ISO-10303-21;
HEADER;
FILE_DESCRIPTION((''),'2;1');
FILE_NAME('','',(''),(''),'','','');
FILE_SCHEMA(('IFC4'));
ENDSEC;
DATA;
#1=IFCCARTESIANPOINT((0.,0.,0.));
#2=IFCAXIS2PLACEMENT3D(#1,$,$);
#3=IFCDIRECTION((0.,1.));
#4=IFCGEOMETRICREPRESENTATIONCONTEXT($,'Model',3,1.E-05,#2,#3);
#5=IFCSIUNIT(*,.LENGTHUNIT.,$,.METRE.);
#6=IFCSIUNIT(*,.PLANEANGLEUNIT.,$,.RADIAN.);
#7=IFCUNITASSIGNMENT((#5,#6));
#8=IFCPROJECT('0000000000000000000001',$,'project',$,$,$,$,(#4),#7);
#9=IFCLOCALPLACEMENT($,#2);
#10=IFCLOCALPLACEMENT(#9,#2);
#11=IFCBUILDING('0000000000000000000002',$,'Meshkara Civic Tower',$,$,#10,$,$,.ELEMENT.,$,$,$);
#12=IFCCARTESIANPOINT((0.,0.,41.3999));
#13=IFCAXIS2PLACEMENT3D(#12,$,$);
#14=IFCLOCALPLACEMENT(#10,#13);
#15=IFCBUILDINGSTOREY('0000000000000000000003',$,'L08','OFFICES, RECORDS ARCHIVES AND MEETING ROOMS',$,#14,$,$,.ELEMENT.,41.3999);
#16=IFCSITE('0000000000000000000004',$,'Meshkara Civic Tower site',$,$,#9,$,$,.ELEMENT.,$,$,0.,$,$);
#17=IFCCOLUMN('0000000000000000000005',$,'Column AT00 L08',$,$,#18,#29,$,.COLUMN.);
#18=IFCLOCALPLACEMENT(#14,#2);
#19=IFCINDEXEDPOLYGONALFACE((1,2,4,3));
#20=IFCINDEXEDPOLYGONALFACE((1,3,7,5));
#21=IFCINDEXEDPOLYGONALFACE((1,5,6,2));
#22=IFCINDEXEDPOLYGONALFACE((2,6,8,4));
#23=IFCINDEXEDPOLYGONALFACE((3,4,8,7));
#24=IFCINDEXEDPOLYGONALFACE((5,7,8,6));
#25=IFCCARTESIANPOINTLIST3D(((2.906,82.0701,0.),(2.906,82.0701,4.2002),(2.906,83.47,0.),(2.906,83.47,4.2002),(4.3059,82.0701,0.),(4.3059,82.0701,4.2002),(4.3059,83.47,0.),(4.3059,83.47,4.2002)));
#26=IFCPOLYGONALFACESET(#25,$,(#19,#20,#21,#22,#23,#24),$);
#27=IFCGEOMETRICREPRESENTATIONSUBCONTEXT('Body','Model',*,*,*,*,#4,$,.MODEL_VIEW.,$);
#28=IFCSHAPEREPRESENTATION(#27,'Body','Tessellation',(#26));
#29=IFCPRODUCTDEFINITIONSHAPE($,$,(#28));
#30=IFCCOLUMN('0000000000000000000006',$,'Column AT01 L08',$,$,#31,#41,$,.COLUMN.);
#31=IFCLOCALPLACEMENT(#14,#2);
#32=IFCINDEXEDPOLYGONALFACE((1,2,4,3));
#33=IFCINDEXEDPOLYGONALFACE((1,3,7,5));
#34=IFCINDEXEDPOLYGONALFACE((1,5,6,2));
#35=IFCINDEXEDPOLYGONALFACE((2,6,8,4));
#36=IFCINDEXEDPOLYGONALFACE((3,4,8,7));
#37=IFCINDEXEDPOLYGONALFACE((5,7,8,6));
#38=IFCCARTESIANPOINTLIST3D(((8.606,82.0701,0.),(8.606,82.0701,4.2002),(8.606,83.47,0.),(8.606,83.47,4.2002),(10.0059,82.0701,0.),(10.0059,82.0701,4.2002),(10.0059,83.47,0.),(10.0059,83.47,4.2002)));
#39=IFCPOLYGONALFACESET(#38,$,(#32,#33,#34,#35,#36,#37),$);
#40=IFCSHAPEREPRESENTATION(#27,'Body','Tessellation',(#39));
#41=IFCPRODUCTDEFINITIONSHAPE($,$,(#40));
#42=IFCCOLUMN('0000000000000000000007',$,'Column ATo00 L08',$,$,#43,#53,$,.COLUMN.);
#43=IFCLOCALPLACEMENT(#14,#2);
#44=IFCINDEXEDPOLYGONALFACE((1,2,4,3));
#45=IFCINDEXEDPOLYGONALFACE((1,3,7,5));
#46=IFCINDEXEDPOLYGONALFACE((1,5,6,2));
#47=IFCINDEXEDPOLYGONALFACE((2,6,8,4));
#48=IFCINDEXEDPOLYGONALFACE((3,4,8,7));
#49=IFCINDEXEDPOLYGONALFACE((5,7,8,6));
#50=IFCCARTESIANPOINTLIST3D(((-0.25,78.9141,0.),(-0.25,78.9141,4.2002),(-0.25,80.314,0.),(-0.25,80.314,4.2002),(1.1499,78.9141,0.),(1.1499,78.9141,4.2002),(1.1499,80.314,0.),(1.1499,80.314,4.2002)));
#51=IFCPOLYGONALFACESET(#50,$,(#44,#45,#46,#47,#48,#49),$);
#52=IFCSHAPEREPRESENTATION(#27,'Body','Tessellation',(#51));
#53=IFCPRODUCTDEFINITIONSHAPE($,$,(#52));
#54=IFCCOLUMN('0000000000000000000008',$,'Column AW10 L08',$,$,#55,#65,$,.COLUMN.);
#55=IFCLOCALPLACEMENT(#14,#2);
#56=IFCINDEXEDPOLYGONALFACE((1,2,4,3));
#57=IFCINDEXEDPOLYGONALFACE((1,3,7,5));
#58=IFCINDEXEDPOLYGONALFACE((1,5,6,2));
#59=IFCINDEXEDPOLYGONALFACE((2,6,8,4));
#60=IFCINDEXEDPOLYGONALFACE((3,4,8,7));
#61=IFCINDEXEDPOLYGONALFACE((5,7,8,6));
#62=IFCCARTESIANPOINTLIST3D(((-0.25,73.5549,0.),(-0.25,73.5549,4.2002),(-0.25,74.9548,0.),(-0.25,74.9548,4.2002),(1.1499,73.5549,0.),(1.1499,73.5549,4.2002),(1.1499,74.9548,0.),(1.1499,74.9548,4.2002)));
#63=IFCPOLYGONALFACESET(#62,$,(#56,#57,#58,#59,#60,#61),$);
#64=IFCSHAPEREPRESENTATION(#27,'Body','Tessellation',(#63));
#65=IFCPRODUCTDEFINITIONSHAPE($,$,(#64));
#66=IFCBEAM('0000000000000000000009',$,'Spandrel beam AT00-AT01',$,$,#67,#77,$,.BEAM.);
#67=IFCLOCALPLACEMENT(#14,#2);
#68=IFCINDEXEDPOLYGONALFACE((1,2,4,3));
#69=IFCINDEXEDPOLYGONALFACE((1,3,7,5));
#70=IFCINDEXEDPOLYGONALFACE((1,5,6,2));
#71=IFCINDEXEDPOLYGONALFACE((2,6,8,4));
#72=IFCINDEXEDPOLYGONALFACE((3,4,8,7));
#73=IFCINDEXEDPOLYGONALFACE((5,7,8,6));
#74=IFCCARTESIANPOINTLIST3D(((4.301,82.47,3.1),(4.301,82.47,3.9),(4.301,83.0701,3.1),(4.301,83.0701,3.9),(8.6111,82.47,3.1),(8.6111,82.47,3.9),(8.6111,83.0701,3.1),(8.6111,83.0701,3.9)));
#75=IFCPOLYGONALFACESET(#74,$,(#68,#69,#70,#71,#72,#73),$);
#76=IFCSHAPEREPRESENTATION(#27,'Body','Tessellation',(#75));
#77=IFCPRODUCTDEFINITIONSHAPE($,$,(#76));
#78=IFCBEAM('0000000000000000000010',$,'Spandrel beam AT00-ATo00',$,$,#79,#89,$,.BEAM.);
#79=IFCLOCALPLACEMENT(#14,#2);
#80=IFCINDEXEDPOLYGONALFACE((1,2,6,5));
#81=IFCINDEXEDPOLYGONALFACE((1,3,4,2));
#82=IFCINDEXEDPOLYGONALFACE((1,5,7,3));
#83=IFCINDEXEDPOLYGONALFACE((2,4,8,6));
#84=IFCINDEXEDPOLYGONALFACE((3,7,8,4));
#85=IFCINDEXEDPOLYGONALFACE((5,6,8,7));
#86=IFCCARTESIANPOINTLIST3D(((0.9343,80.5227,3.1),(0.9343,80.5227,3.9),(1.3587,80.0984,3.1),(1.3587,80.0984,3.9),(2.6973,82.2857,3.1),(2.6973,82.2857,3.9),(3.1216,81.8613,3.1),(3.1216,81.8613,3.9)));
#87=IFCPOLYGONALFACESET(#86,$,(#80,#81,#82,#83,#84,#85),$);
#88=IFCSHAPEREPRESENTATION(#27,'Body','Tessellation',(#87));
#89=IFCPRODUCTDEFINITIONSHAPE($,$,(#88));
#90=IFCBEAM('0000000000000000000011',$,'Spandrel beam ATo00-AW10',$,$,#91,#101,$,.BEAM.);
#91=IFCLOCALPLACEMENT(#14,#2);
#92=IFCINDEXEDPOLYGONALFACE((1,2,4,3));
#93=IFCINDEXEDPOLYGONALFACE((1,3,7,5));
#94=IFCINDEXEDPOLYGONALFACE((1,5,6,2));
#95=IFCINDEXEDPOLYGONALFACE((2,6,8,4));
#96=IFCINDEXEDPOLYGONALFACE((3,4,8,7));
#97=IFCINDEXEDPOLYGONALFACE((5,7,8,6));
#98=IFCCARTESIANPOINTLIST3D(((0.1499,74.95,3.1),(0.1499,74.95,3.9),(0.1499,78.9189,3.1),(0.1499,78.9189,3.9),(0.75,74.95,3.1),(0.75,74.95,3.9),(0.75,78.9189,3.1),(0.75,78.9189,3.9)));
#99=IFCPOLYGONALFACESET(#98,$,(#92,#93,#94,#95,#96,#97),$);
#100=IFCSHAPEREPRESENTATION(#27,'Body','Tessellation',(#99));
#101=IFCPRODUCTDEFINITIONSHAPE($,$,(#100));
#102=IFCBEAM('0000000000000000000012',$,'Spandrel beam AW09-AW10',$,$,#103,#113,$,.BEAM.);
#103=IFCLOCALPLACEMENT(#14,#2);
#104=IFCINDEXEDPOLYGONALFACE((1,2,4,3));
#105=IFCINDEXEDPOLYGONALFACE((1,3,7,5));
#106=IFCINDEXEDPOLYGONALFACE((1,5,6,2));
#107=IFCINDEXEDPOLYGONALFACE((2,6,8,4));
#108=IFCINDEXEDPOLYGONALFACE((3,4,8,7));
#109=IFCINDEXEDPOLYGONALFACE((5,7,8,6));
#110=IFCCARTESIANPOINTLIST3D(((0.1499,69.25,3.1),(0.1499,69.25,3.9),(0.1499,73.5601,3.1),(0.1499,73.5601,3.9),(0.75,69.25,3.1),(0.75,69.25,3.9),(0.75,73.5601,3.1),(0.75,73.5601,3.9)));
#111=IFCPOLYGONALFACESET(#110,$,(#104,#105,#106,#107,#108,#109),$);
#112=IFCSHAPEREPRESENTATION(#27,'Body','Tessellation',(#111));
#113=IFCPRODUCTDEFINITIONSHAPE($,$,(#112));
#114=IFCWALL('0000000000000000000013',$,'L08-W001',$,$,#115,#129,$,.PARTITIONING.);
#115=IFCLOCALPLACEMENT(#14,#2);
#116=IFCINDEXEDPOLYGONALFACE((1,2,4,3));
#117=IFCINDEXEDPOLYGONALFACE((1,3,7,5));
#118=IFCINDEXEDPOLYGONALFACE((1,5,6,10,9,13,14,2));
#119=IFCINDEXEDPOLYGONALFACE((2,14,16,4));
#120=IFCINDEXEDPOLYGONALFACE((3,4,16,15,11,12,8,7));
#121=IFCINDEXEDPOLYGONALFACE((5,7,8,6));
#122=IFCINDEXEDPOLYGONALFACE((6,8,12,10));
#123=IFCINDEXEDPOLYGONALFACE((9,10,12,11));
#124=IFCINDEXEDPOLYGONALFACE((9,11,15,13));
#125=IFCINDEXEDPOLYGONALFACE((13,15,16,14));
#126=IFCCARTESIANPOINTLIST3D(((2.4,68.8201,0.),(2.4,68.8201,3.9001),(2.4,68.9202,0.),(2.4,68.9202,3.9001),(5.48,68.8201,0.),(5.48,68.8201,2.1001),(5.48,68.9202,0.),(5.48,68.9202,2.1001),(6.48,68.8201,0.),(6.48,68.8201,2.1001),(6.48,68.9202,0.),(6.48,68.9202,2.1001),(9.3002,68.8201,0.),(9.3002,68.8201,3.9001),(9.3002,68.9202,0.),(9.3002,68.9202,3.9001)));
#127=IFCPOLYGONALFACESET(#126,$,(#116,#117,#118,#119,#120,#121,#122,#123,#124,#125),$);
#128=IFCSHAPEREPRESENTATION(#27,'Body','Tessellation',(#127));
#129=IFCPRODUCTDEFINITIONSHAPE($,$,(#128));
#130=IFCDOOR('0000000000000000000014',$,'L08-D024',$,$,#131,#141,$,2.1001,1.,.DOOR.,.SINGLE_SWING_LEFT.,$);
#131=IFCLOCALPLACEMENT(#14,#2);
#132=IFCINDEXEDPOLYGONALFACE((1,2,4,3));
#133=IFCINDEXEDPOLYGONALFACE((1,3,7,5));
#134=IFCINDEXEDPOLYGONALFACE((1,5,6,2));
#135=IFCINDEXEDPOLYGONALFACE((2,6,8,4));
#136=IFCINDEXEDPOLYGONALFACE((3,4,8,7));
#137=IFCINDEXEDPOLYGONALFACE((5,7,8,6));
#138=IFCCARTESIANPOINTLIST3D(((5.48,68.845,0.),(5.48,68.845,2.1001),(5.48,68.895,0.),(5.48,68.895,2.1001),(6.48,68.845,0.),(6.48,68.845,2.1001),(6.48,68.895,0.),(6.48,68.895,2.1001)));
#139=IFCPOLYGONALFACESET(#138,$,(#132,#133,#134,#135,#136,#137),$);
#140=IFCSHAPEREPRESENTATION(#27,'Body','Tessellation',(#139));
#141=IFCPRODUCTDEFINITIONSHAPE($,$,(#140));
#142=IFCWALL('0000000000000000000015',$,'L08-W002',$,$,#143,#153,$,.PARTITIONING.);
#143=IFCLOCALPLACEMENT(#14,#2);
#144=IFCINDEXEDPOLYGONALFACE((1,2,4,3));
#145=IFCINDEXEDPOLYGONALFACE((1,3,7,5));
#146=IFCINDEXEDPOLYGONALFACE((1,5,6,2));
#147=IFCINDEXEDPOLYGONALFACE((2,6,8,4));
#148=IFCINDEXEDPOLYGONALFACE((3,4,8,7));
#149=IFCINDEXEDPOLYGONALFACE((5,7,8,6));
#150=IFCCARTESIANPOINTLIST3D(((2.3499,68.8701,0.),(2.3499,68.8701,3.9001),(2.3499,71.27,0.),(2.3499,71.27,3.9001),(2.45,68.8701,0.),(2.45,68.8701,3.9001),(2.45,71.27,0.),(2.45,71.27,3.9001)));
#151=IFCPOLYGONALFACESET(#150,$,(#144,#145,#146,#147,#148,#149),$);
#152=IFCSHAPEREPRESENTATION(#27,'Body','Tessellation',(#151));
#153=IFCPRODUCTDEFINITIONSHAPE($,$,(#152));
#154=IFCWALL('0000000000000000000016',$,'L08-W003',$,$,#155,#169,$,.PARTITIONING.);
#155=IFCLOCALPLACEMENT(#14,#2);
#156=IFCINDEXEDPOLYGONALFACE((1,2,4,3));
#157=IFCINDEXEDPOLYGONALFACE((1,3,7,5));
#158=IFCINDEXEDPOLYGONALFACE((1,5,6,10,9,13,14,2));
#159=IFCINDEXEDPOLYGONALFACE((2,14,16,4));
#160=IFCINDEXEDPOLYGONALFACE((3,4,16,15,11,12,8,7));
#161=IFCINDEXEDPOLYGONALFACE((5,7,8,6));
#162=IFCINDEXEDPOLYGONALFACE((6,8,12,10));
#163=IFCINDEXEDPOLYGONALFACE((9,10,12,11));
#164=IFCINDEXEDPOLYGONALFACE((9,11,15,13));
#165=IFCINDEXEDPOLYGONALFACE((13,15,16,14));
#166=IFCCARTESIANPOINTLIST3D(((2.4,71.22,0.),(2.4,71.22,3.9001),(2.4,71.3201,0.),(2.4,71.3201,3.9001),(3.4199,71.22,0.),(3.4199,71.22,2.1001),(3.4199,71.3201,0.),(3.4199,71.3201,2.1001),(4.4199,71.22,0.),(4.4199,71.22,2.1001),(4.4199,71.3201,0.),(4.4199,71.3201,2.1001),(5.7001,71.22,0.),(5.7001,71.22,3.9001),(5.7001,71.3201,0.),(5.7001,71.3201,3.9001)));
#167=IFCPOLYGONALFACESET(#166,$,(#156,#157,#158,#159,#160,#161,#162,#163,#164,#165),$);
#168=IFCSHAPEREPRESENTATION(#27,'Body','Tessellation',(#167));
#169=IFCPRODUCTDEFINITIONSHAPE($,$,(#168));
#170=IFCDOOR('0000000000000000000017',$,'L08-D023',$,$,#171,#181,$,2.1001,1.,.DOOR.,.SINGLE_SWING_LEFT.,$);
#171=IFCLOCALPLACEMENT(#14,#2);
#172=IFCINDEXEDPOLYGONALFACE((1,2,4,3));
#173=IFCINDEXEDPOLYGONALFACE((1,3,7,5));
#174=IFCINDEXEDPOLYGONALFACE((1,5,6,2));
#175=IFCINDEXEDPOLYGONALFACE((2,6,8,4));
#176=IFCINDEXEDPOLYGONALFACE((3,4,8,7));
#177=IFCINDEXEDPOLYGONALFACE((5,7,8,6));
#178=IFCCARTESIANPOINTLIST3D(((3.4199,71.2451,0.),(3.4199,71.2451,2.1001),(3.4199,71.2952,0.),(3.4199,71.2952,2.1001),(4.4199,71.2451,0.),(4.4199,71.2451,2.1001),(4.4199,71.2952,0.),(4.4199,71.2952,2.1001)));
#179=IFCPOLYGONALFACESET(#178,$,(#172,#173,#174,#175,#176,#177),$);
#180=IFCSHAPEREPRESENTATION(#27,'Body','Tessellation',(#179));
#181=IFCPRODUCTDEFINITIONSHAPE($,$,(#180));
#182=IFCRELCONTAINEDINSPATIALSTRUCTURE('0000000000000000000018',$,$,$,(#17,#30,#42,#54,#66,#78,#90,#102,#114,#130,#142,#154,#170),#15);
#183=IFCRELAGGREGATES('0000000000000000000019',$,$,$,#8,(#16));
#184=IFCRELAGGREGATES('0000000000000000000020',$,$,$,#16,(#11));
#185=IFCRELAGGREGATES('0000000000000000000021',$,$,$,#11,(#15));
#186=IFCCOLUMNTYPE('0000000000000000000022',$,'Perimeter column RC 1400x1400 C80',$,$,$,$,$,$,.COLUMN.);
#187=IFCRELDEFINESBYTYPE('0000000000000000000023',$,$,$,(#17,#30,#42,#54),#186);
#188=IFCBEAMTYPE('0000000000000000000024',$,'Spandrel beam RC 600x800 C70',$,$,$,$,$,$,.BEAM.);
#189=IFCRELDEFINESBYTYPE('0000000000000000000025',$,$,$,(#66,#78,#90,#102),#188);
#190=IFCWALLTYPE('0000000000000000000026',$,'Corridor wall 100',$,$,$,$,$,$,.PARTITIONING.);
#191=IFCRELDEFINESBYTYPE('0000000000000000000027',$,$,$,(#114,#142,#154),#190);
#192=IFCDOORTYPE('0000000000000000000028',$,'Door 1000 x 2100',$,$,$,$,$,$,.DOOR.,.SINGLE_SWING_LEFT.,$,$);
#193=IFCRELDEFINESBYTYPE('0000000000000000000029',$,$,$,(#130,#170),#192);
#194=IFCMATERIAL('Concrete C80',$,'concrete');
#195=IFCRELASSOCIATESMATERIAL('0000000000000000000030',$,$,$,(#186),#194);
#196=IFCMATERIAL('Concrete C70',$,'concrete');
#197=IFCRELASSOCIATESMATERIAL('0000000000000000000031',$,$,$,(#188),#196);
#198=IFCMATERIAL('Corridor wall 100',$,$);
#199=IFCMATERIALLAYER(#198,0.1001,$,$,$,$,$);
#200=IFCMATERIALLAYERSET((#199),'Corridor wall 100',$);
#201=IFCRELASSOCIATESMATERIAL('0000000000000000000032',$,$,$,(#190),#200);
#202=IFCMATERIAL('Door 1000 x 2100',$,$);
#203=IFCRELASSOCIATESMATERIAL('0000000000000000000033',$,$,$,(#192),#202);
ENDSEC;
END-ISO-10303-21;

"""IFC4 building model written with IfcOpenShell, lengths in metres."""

from ifc_helpers import new_model, si_unit, direction, frame, frame_2d, origin, origin_2d, place, context, subcontext, project, spatial, rectangle, extrude, material, layer, layer_set, material_profile, profile_set, type_object, element, fill, save


model = new_model("IFC4")

# Units and contexts
model_context = context("Model", 3, precision=1e-05, world=origin(), true_north=direction((0.0, 1.0)))
body_context = subcontext(model_context, "Body", "Model", "MODEL_VIEW")
ifc_project = project(units=[si_unit("LENGTHUNIT", "METRE"), si_unit("PLANEANGLEUNIT", "RADIAN")], contexts=[model_context])

# Site, building, storey
site_placement = place(None, origin())
site = spatial("IfcSite", under=ifc_project, at=site_placement, Name="Meshkara Civic Tower site", CompositionType="ELEMENT", RefElevation=0.0)
building_placement = place(site_placement, origin())
building = spatial("IfcBuilding", under=site, at=building_placement, Name="Meshkara Civic Tower", CompositionType="ELEMENT")
storey_placement = place(building_placement, frame((0.0, 0.0, 41.3999)))
storey = spatial("IfcBuildingStorey", under=building, at=storey_placement, Name="L08", Description="OFFICES, RECORDS ARCHIVES AND MEETING ROOMS", CompositionType="ELEMENT", Elevation=41.3999)

# Columns
ifc_material_1 = material(Name="Concrete C80", Category="concrete")
ifc_material_profile_1 = material_profile(ifc_material_1, rectangle(XDim=1.3999, YDim=1.3999, at=origin_2d()))
ifc_profile_set_1 = profile_set([ifc_material_profile_1], Name="Concrete C80")
column_type = type_object("IfcColumnType", Name="Perimeter column RC 1400x1400 C80", PredefinedType="COLUMN", material=ifc_profile_set_1)
for number, where, z_axis, x_axis, name in (
    (1, (3.606, 82.77, 0.0), (0.0, 0.0, 1.0), (1.0, 0.0, 0.0), "Column AT00 L08"),
    (2, (9.3059, 82.77, 0.0), (0.0, 0.0, 1.0), (1.0, 0.0, 0.0), "Column AT01 L08"),
    (3, (0.45, 79.614, 0.0), (0.0, 0.0, 1.0), (1.0, 0.0, 0.0), "Column ATo00 L08"),
    (4, (0.45, 74.2549, 0.0), (0.0, 0.0, 1.0), (1.0, 0.0, 0.0), "Column AW10 L08"),
):
    element("IfcColumn", number, at=place(storey_placement, frame(where, z_axis=z_axis, x_axis=x_axis)), inside=storey, type_object=column_type, Name=name, PredefinedType="COLUMN", context=body_context, shape_type="SweptSolid", body=[
        extrude(rectangle(XDim=1.3999, YDim=1.3999, at=origin_2d()), origin(), (0.0, 0.0, 1.0), 4.2002),
    ])

# Beams
ifc_material_2 = material(Name="Concrete C70", Category="concrete")
ifc_material_profile_2 = material_profile(ifc_material_2, rectangle(XDim=0.6001, YDim=0.8, at=origin_2d()))
ifc_profile_set_2 = profile_set([ifc_material_profile_2], Name="Concrete C70")
beam_type = type_object("IfcBeamType", Name="Spandrel beam RC 600x800 C70", PredefinedType="BEAM", material=ifc_profile_set_2)
beam_1_placement = place(storey_placement, frame((8.6111, 82.77, 3.5), z_axis=(-1.0, 0.0, 0.0), x_axis=(0.0, -1.0, 0.0)))
element("IfcBeam", 5, at=beam_1_placement, inside=storey, type_object=beam_type, Name="Spandrel beam AT00-AT01", PredefinedType="BEAM", context=body_context, shape_type="SweptSolid", body=[
    extrude(rectangle(XDim=0.6001, YDim=0.8, at=origin_2d()), origin(), (0.0, 0.0, 1.0), 4.3101),
])
beam_2_placement = place(storey_placement, frame((2.9094, 82.0735, 3.5), z_axis=(-0.707107, -0.707107, 0.0), x_axis=(0.707107, -0.707107, 0.0)))
element("IfcBeam", 6, at=beam_2_placement, inside=storey, type_object=beam_type, Name="Spandrel beam AT00-ATo00", PredefinedType="BEAM", context=body_context, shape_type="SweptSolid", body=[
    extrude(rectangle(XDim=0.6001, YDim=0.8, at=origin_2d()), origin(), (0.0, 0.0, 1.0), 2.4932),
])
beam_3_placement = place(storey_placement, frame((0.45, 78.9189, 3.5), z_axis=(0.0, -1.0, 0.0), x_axis=(1.0, 0.0, 0.0)))
element("IfcBeam", 7, at=beam_3_placement, inside=storey, type_object=beam_type, Name="Spandrel beam ATo00-AW10", PredefinedType="BEAM", context=body_context, shape_type="SweptSolid", body=[
    extrude(rectangle(XDim=0.6001, YDim=0.8, at=origin_2d()), origin(), (0.0, 0.0, 1.0), 3.969),
])
beam_4_placement = place(storey_placement, frame((0.45, 73.5601, 3.5), z_axis=(0.0, -1.0, 0.0), x_axis=(1.0, 0.0, 0.0)))
element("IfcBeam", 8, at=beam_4_placement, inside=storey, type_object=beam_type, Name="Spandrel beam AW09-AW10", PredefinedType="BEAM", context=body_context, shape_type="SweptSolid", body=[
    extrude(rectangle(XDim=0.6001, YDim=0.8, at=origin_2d()), origin(), (0.0, 0.0, 1.0), 4.3101),
])

# Wall, opening, door
ifc_material_3 = material(Name="Corridor wall 100")
ifc_layer_1 = layer(ifc_material_3, 0.1001)
ifc_layer_set_1 = layer_set([ifc_layer_1], Name="Corridor wall 100")
wall_type_1 = type_object("IfcWallType", Name="Corridor wall 100", PredefinedType="PARTITIONING", material=ifc_layer_set_1)
wall_1_placement = place(storey_placement, frame((2.3999, 68.8701, 0.0), z_axis=(0.0, 0.0, 1.0), x_axis=(1.0, 0.0, 0.0)))
wall_1 = element("IfcWall", 9, at=wall_1_placement, inside=storey, type_object=wall_type_1, Name="L08-W001", PredefinedType="PARTITIONING", context=body_context, shape_type="SweptSolid", body=[
    extrude(rectangle(XDim=6.9001, YDim=0.1001, at=frame_2d((3.4502, 0.0))), origin(), (0.0, 0.0, 1.0), 3.9001),
])
opening_1_placement = place(wall_1_placement, frame((3.0801, 0.0, 0.0)))
opening_1 = element("IfcOpeningElement", 10, at=opening_1_placement, cuts=wall_1, PredefinedType="OPENING", context=body_context, shape_type="SweptSolid", body=[
    extrude(rectangle(XDim=1.0, YDim=2.1001, at=frame_2d((0.5, 1.05))), frame((0.0, 0.0601, 0.0), z_axis=(0.0, -1.0, 0.0), x_axis=(1.0, 0.0, 0.0)), (0.0, 0.0, 1.0), 0.1201),
])
ifc_material_4 = material(Name="Door 1000 x 2100")
door_type_1 = type_object("IfcDoorType", Name="Door 1000 x 2100", OperationType="SINGLE_SWING_LEFT", PredefinedType="DOOR", material=ifc_material_4)
door_1_placement = place(opening_1_placement, origin())
door_1 = element("IfcDoor", 11, at=door_1_placement, inside=storey, type_object=door_type_1, Name="L08-D024", OperationType="SINGLE_SWING_LEFT", OverallHeight=2.1001, OverallWidth=1.0, PredefinedType="DOOR", context=body_context, shape_type="SweptSolid", body=[
    extrude(rectangle(XDim=1.0, YDim=2.1001, at=frame_2d((0.5, 1.05))), frame((0.0, 0.0249, 0.0), z_axis=(0.0, -1.0, 0.0), x_axis=(1.0, 0.0, 0.0)), (0.0, 0.0, 1.0), 0.05),
])
fill(opening_1, door_1)

# Wall
wall_2_placement = place(storey_placement, frame((2.3999, 71.27, 0.0), z_axis=(0.0, 0.0, 1.0), x_axis=(0.0, -1.0, 0.0)))
element("IfcWall", 12, at=wall_2_placement, inside=storey, type_object=wall_type_1, Name="L08-W002", PredefinedType="PARTITIONING", context=body_context, shape_type="SweptSolid", body=[
    extrude(rectangle(XDim=2.3999, YDim=0.1001, at=frame_2d((1.2, 0.0))), origin(), (0.0, 0.0, 1.0), 3.9001),
])

# Wall, opening, door
wall_3_placement = place(storey_placement, frame((5.7, 71.27, 0.0), z_axis=(0.0, 0.0, 1.0), x_axis=(-1.0, 0.0, 0.0)))
wall_3 = element("IfcWall", 13, at=wall_3_placement, inside=storey, type_object=wall_type_1, Name="L08-W003", PredefinedType="PARTITIONING", context=body_context, shape_type="SweptSolid", body=[
    extrude(rectangle(XDim=3.3, YDim=0.1001, at=frame_2d((1.6499, 0.0))), origin(), (0.0, 0.0, 1.0), 3.9001),
])
opening_2_placement = place(wall_3_placement, frame((1.28, 0.0, 0.0)))
opening_2 = element("IfcOpeningElement", 14, at=opening_2_placement, cuts=wall_3, PredefinedType="OPENING", context=body_context, shape_type="SweptSolid", body=[
    extrude(rectangle(XDim=1.0, YDim=2.1001, at=frame_2d((0.5, 1.05))), frame((0.0, 0.0601, 0.0), z_axis=(0.0, -1.0, 0.0), x_axis=(1.0, 0.0, 0.0)), (0.0, 0.0, 1.0), 0.1201),
])
door_2_placement = place(opening_2_placement, origin())
door_2 = element("IfcDoor", 15, at=door_2_placement, inside=storey, type_object=door_type_1, Name="L08-D023", OperationType="SINGLE_SWING_LEFT", OverallHeight=2.1001, OverallWidth=1.0, PredefinedType="DOOR", context=body_context, shape_type="SweptSolid", body=[
    extrude(rectangle(XDim=1.0, YDim=2.1001, at=frame_2d((0.5, 1.05))), frame((0.0, 0.0249, 0.0), z_axis=(0.0, -1.0, 0.0), x_axis=(1.0, 0.0, 0.0)), (0.0, 0.0, 1.0), 0.05),
])
fill(opening_2, door_2)

save(model, "model.ifc")
